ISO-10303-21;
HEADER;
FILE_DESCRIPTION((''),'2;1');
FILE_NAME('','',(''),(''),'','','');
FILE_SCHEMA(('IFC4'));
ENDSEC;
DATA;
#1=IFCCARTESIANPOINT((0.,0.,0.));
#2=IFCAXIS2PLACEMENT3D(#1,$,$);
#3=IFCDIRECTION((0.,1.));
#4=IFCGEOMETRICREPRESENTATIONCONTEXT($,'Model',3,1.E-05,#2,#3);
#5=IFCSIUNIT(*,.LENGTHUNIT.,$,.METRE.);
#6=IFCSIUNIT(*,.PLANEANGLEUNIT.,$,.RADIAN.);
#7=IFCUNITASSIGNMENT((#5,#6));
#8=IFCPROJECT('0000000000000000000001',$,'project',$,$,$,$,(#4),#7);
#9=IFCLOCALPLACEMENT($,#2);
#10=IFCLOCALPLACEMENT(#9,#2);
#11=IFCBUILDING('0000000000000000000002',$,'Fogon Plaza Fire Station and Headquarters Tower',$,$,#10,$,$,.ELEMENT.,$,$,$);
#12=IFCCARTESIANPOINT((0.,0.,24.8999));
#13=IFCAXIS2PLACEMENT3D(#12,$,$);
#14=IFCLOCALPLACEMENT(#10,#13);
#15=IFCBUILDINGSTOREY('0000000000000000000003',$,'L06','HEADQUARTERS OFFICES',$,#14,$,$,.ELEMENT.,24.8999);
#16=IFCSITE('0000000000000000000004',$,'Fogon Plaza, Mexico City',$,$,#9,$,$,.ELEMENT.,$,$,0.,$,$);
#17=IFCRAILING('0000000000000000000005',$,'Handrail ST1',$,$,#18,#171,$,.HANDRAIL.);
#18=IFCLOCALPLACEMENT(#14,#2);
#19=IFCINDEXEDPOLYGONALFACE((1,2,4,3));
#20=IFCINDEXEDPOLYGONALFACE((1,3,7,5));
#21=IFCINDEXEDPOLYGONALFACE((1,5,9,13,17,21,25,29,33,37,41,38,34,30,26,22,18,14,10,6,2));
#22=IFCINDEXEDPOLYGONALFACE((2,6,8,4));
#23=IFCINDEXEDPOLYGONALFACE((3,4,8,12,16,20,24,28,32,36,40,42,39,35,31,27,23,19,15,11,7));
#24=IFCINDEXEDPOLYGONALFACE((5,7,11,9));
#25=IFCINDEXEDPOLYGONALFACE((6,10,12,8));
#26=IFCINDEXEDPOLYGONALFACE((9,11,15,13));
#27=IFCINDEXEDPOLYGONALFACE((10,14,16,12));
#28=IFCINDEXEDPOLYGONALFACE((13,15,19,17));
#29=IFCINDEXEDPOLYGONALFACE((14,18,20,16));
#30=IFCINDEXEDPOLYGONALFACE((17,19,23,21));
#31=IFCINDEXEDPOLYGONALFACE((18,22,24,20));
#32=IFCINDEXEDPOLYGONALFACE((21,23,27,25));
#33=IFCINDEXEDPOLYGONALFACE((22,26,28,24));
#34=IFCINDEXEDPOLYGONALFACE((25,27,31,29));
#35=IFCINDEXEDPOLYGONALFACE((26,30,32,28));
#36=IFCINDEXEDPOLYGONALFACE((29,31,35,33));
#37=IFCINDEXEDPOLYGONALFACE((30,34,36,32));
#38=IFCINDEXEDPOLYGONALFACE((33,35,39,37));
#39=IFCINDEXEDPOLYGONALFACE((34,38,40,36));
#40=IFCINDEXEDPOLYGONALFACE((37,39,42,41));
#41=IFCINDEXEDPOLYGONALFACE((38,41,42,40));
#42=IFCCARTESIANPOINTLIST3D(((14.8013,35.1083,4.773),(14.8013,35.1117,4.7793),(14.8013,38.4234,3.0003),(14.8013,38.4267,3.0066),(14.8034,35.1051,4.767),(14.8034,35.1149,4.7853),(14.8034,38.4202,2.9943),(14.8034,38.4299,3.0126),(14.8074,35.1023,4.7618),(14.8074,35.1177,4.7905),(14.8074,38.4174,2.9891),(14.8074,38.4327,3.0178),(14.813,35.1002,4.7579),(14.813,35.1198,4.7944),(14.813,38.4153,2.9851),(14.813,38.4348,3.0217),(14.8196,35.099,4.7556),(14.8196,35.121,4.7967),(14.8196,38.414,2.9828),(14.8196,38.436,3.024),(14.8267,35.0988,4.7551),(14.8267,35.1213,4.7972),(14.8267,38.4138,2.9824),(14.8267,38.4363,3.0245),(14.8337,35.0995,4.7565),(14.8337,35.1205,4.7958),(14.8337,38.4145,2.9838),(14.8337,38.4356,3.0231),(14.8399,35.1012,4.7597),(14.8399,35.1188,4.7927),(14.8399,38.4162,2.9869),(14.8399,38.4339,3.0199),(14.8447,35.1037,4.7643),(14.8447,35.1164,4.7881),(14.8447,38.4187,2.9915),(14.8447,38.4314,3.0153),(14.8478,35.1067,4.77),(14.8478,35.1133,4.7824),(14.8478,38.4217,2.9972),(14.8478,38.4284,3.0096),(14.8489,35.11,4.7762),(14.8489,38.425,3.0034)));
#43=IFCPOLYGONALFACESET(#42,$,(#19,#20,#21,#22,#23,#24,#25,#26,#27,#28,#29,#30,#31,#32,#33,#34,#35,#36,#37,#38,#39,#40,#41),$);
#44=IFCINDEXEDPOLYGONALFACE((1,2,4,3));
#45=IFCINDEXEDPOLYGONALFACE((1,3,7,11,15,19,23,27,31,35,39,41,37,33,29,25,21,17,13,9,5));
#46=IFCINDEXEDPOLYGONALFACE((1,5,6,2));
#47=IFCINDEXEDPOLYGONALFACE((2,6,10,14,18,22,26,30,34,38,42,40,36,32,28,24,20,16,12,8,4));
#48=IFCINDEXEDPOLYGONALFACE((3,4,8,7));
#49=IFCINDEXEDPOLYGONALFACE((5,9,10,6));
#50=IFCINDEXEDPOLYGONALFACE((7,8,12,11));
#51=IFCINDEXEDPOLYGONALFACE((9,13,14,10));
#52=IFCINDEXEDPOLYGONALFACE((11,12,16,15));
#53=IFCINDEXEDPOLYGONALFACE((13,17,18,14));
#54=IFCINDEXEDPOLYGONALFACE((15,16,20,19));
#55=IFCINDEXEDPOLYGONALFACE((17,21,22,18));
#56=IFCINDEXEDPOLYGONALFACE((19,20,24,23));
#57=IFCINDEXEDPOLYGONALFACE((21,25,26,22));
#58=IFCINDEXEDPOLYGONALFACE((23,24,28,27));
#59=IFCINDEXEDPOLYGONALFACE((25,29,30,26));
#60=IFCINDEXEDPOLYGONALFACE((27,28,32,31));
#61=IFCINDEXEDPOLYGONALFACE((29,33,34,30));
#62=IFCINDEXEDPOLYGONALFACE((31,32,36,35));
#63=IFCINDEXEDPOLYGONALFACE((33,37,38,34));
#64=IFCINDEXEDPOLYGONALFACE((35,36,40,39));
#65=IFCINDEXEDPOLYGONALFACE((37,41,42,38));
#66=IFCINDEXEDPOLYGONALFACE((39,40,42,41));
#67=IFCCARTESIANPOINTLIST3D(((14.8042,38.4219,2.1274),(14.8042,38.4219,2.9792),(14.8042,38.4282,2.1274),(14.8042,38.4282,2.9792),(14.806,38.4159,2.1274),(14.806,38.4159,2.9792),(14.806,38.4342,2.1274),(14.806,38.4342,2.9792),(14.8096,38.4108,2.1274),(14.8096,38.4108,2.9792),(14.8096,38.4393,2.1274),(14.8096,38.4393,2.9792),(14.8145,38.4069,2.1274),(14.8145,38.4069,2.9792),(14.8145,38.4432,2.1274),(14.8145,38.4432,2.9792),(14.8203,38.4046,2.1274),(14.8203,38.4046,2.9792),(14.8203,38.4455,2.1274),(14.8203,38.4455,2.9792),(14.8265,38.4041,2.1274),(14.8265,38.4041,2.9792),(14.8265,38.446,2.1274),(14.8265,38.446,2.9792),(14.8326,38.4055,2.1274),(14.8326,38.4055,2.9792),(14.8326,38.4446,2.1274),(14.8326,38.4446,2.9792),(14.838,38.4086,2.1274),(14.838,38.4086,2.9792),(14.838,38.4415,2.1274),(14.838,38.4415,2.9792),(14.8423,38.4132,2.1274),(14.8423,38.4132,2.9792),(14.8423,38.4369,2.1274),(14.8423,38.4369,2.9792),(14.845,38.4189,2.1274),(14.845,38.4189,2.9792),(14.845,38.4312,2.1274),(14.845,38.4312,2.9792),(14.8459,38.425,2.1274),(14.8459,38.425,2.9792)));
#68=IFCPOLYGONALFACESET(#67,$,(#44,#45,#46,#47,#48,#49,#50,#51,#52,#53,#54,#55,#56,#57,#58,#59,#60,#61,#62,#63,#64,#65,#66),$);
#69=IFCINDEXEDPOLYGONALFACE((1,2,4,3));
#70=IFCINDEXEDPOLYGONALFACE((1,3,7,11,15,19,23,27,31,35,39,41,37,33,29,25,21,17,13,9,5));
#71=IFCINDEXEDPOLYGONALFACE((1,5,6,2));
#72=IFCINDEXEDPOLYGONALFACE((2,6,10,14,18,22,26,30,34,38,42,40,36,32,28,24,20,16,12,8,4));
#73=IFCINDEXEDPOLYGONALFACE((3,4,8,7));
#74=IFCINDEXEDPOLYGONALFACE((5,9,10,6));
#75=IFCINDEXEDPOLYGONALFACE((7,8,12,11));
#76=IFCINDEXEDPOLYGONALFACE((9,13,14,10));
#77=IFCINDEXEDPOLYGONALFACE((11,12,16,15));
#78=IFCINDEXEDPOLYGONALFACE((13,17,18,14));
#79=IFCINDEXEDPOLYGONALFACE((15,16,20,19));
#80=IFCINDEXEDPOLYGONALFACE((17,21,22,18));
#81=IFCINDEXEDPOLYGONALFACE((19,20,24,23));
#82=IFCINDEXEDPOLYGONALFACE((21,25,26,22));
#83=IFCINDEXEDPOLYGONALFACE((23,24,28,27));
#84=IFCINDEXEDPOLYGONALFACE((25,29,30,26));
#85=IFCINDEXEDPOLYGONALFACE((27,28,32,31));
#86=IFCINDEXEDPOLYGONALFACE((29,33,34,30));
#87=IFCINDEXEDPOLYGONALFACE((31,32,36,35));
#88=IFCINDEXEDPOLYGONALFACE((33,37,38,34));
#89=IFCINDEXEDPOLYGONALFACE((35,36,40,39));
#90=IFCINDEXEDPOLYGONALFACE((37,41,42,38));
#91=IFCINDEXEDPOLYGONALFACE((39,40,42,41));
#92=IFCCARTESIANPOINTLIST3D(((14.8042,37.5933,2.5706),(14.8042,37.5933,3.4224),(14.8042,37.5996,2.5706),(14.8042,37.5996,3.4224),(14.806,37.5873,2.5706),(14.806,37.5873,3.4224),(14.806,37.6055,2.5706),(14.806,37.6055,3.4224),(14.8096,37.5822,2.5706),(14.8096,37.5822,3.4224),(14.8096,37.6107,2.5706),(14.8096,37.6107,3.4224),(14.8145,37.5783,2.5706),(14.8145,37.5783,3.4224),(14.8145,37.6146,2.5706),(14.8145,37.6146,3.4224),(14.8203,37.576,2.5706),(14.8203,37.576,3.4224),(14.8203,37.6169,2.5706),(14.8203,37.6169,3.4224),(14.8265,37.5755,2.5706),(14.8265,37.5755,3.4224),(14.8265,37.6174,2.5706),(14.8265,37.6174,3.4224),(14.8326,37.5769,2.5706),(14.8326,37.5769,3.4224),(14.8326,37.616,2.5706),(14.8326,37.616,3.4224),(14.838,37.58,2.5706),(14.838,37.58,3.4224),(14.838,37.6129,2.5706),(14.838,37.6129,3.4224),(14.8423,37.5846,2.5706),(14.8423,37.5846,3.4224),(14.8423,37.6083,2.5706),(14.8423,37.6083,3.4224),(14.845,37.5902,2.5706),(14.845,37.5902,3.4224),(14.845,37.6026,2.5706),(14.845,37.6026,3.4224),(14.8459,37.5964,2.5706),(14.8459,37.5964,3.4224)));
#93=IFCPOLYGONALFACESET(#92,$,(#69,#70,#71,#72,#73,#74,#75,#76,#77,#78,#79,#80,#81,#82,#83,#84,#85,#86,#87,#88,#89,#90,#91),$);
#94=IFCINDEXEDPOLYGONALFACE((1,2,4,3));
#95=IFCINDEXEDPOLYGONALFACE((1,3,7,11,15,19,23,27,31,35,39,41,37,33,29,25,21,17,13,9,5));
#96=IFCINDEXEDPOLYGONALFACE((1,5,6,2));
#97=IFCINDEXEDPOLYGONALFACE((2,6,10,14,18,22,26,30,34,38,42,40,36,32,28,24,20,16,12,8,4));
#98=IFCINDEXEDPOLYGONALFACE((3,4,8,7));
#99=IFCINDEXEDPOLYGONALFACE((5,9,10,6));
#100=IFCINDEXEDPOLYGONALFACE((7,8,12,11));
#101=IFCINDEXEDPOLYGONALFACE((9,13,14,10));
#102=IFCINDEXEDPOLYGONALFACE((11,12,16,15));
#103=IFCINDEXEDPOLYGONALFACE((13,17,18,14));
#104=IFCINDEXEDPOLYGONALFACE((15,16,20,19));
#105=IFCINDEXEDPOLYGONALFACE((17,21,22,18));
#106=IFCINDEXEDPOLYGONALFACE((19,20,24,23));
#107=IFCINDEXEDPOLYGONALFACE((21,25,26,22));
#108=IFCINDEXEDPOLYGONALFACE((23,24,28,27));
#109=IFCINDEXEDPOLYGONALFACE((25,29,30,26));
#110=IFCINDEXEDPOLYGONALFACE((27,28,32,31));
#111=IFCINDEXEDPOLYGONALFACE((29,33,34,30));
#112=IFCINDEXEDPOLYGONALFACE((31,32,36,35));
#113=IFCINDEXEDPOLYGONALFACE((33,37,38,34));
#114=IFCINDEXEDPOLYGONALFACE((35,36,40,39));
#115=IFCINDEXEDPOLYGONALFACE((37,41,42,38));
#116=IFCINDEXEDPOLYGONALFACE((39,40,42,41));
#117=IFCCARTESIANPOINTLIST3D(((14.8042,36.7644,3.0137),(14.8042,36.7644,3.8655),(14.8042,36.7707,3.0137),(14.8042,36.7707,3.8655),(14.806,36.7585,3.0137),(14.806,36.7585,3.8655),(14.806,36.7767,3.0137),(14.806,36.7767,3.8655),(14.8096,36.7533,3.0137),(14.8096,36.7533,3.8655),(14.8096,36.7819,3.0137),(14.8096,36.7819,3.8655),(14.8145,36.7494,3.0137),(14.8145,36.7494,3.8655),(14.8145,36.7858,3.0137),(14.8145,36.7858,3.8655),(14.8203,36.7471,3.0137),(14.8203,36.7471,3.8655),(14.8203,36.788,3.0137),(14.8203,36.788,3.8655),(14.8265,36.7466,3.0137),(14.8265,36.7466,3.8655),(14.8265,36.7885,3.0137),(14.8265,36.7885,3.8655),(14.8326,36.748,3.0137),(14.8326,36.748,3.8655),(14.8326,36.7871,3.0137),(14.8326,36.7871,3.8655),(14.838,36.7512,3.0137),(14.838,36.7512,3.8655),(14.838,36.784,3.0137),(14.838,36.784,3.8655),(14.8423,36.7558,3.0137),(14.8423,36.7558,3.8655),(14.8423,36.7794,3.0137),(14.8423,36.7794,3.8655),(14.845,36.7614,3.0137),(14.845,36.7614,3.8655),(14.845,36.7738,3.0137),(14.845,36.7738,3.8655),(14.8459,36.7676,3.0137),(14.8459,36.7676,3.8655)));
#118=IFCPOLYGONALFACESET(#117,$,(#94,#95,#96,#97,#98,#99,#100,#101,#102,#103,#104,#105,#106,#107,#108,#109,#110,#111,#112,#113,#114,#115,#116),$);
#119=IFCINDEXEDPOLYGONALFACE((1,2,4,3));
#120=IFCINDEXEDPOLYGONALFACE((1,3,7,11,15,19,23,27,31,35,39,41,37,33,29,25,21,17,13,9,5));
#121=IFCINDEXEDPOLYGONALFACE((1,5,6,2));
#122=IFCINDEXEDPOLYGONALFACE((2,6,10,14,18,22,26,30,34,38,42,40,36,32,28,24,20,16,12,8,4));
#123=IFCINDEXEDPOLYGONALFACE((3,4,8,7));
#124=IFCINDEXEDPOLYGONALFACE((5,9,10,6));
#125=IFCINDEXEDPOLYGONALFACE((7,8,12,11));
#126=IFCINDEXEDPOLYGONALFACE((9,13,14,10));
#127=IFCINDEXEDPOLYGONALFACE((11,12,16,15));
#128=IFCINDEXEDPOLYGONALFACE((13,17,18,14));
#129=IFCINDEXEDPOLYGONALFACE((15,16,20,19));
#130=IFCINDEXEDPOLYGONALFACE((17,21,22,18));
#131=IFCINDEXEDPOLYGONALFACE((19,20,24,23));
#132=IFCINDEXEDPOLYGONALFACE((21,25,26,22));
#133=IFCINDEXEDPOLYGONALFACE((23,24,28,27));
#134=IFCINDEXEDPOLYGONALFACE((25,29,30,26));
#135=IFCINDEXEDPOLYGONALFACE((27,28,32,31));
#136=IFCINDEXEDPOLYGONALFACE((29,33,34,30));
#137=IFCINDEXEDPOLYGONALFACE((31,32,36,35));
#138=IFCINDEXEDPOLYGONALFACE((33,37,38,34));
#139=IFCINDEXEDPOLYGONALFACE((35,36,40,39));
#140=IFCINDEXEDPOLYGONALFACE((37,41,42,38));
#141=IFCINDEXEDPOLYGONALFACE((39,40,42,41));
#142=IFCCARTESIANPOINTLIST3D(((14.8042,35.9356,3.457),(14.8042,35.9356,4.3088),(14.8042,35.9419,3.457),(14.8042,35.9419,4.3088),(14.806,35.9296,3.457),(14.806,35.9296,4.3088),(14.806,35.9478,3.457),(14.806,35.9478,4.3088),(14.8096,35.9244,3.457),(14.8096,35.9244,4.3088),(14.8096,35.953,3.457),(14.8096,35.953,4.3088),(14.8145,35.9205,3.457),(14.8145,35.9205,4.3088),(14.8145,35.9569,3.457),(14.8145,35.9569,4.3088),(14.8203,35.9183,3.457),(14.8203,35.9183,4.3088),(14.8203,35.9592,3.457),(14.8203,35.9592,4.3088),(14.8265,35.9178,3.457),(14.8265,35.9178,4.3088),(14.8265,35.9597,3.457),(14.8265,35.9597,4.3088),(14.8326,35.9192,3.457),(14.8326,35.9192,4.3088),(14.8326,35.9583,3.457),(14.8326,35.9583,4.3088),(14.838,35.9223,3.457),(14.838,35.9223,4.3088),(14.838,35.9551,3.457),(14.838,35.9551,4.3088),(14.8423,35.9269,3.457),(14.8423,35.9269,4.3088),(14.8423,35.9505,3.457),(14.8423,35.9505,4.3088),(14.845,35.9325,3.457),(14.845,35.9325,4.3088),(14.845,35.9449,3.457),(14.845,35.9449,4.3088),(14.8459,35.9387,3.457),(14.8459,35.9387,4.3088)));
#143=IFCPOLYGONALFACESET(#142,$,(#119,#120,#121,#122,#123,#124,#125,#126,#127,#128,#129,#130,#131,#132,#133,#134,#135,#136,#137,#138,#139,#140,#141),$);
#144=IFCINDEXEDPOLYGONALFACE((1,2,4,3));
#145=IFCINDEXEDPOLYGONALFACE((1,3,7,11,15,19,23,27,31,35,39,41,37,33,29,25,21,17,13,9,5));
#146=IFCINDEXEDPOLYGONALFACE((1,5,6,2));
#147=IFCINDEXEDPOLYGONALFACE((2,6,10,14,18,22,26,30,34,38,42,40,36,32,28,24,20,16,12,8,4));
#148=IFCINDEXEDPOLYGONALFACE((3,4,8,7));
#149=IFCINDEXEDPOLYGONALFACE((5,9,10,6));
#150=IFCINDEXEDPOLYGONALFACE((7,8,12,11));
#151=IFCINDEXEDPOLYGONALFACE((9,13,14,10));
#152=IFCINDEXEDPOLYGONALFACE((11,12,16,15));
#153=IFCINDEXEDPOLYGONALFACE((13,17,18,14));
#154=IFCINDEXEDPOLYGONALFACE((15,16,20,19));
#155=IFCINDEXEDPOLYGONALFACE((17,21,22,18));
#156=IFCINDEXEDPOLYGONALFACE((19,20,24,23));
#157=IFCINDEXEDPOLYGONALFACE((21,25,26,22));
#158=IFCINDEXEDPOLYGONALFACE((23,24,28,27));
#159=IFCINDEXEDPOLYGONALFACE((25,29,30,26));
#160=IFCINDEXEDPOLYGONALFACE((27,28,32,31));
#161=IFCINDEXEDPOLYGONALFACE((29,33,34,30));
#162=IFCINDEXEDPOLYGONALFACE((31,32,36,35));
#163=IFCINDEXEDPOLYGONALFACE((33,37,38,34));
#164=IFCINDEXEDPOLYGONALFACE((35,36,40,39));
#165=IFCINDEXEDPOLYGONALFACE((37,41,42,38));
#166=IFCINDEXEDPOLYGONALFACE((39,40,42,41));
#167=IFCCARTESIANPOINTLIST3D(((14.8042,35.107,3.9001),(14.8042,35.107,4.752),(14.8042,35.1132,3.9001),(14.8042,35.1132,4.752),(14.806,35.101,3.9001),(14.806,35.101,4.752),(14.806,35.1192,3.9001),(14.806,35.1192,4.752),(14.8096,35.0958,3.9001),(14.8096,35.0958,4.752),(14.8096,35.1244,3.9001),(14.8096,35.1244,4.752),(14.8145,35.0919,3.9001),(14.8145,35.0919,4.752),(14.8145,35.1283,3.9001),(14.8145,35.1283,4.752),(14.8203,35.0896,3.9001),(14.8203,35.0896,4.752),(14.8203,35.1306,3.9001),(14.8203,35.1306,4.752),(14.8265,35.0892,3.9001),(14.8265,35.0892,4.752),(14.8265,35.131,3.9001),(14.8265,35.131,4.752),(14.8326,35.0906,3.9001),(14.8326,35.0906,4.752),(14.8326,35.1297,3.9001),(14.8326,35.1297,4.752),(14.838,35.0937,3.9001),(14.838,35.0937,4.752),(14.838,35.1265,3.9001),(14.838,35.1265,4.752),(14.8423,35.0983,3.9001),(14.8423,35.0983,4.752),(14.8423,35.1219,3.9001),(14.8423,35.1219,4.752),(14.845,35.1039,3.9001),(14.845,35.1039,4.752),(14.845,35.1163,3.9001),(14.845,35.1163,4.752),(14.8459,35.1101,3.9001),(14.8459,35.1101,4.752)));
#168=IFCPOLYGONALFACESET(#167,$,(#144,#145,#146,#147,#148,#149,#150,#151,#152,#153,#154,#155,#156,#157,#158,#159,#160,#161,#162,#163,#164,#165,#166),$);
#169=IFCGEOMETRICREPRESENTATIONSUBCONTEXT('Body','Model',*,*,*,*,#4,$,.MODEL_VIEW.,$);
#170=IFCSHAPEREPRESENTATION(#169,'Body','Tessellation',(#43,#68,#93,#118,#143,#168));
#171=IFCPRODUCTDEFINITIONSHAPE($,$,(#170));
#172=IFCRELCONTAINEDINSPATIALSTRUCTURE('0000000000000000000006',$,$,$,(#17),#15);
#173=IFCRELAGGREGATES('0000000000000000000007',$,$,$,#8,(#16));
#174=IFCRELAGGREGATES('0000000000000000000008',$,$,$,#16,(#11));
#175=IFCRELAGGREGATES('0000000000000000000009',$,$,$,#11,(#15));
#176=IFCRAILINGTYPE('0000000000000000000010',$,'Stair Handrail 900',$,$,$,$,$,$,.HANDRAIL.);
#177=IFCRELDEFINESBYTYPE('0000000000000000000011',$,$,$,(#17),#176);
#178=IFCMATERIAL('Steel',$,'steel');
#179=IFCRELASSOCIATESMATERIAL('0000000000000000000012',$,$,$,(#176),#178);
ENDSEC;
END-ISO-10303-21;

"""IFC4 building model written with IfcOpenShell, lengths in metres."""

from ifc_helpers import new_model, si_unit, direction, frame, origin, origin_2d, place, context, subcontext, project, spatial, circle, extrude, material, type_object, element, save


model = new_model("IFC4")

# Units and contexts
model_context = context("Model", 3, precision=1e-05, world=origin(), true_north=direction((0.0, 1.0)))
body_context = subcontext(model_context, "Body", "Model", "MODEL_VIEW")
ifc_project = project(units=[si_unit("LENGTHUNIT", "METRE"), si_unit("PLANEANGLEUNIT", "RADIAN")], contexts=[model_context])

# Site, building, storey
site_placement = place(None, origin())
site = spatial("IfcSite", under=ifc_project, at=site_placement, Name="Fogon Plaza, Mexico City", CompositionType="ELEMENT", RefElevation=0.0)
building_placement = place(site_placement, origin())
building = spatial("IfcBuilding", under=site, at=building_placement, Name="Fogon Plaza Fire Station and Headquarters Tower", CompositionType="ELEMENT")
storey_placement = place(building_placement, frame((0.0, 0.0, 24.8999)))
storey = spatial("IfcBuildingStorey", under=building, at=storey_placement, Name="L06", Description="HEADQUARTERS OFFICES", CompositionType="ELEMENT", Elevation=24.8999)

# Railing
ifc_material_1 = material(Name="Steel", Category="steel")
railing_type = type_object("IfcRailingType", Name="Stair Handrail 900", PredefinedType="HANDRAIL", material=ifc_material_1)
for number, where, name in (
    (1, (14.825, 38.425, 2.1274), "Handrail ST1"),
):
    element("IfcRailing", number, at=place(storey_placement, frame(where)), inside=storey, type_object=railing_type, Name=name, PredefinedType="HANDRAIL", context=body_context, shape_type="SweptSolid", body=[
        extrude(circle(Radius=0.0239, at=origin_2d()), frame((0.0, 0.0, 0.876), z_axis=(0.0, -0.881829, 0.471569), x_axis=(1.0, 0.0, 0.0)), (0.0, 0.0, 1.0), 3.7593),
        extrude(circle(Radius=0.021, at=origin_2d()), origin(), (0.0, 0.0, 1.0), 0.8518),
        extrude(circle(Radius=0.021, at=origin_2d()), frame((0.0, -0.8286, 0.4431)), (0.0, 0.0, 1.0), 0.8518),
        extrude(circle(Radius=0.021, at=origin_2d()), frame((0.0, -1.6575, 0.8862)), (0.0, 0.0, 1.0), 0.8518),
        extrude(circle(Radius=0.021, at=origin_2d()), frame((0.0, -2.4863, 1.3296)), (0.0, 0.0, 1.0), 0.8518),
        extrude(circle(Radius=0.021, at=origin_2d()), frame((0.0, -3.3149, 1.7727)), (0.0, 0.0, 1.0), 0.8518),
    ])

save(model, "model.ifc")
